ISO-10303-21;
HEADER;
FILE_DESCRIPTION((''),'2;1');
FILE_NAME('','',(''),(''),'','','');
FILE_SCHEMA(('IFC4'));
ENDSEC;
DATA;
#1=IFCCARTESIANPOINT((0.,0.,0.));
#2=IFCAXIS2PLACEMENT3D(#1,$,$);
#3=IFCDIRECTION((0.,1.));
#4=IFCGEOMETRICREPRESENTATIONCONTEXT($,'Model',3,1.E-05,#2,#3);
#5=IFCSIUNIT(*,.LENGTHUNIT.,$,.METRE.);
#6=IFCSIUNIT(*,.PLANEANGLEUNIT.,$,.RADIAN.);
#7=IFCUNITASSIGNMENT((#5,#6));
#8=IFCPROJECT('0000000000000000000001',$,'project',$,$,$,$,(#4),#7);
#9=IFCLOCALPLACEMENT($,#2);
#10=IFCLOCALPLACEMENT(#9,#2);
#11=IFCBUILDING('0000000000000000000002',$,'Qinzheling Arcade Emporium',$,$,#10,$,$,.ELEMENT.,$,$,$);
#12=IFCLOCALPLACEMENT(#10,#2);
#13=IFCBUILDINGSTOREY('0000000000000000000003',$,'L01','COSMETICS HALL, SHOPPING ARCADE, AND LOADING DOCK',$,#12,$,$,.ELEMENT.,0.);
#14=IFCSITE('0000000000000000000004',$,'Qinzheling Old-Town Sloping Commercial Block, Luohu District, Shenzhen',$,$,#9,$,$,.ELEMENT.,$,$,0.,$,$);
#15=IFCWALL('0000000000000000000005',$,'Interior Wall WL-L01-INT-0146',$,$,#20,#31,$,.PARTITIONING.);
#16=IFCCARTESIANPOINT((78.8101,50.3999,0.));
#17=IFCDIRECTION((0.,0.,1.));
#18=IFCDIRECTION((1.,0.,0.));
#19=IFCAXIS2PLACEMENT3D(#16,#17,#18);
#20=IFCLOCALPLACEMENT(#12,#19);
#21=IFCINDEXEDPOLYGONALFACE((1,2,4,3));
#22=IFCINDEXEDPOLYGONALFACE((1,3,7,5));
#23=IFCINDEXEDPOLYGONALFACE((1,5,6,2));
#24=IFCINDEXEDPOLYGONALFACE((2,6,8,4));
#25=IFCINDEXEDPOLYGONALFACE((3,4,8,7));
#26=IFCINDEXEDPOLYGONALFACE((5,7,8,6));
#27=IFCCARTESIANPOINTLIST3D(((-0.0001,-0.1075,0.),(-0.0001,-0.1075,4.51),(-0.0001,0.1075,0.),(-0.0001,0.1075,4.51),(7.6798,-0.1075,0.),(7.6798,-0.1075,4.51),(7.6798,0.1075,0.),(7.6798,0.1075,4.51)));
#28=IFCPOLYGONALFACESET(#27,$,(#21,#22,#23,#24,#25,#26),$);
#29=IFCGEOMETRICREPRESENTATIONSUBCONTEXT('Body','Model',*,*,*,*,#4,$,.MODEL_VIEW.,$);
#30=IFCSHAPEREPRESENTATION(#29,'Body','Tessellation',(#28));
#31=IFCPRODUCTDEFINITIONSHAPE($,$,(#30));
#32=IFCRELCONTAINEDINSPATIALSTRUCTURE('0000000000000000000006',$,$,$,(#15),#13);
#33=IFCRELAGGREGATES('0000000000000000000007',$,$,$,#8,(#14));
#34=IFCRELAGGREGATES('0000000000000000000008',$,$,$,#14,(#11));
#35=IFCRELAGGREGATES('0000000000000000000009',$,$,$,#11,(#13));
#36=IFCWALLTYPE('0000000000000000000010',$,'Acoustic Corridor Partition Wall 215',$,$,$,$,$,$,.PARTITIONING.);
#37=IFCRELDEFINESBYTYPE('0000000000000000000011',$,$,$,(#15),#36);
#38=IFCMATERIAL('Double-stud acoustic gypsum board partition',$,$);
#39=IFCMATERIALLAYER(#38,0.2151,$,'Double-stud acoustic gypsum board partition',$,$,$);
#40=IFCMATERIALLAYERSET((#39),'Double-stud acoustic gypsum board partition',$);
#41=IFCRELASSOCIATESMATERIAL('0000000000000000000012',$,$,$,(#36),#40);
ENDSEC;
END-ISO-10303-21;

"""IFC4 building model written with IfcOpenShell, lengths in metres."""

from ifc_helpers import new_model, si_unit, direction, frame, frame_2d, origin, place, context, subcontext, project, spatial, rectangle, extrude, material, layer, layer_set, type_object, element, save


model = new_model("IFC4")

# Units and contexts
model_context = context("Model", 3, precision=1e-05, world=origin(), true_north=direction((0.0, 1.0)))
body_context = subcontext(model_context, "Body", "Model", "MODEL_VIEW")
ifc_project = project(units=[si_unit("LENGTHUNIT", "METRE"), si_unit("PLANEANGLEUNIT", "RADIAN")], contexts=[model_context])

# Site, building, storey
site_placement = place(None, origin())
site = spatial("IfcSite", under=ifc_project, at=site_placement, Name="Qinzheling Old-Town Sloping Commercial Block, Luohu District, Shenzhen", CompositionType="ELEMENT", RefElevation=0.0)
building_placement = place(site_placement, origin())
building = spatial("IfcBuilding", under=site, at=building_placement, Name="Qinzheling Arcade Emporium", CompositionType="ELEMENT")
storey_placement = place(building_placement, origin())
storey = spatial("IfcBuildingStorey", under=building, at=storey_placement, Name="L01", Description="COSMETICS HALL, SHOPPING ARCADE, AND LOADING DOCK", CompositionType="ELEMENT", Elevation=0.0)

# Wall
ifc_material_1 = material(Name="Double-stud acoustic gypsum board partition")
ifc_layer_1 = layer(ifc_material_1, 0.2151, Name="Double-stud acoustic gypsum board partition")
ifc_layer_set_1 = layer_set([ifc_layer_1], Name="Double-stud acoustic gypsum board partition")
wall_type_1 = type_object("IfcWallType", Name="Acoustic Corridor Partition Wall 215", PredefinedType="PARTITIONING", material=ifc_layer_set_1)
wall_1_placement = place(storey_placement, frame((78.8101, 50.3999, 0.0), z_axis=(0.0, 0.0, 1.0), x_axis=(1.0, 0.0, 0.0)))
element("IfcWall", 1, at=wall_1_placement, inside=storey, type_object=wall_type_1, Name="Interior Wall WL-L01-INT-0146", PredefinedType="PARTITIONING", context=body_context, shape_type="SweptSolid", body=[
    extrude(rectangle(XDim=7.6799, YDim=0.2151, at=frame_2d((3.8398, 0.0))), origin(), (0.0, 0.0, 1.0), 4.51),
])

save(model, "model.ifc")
